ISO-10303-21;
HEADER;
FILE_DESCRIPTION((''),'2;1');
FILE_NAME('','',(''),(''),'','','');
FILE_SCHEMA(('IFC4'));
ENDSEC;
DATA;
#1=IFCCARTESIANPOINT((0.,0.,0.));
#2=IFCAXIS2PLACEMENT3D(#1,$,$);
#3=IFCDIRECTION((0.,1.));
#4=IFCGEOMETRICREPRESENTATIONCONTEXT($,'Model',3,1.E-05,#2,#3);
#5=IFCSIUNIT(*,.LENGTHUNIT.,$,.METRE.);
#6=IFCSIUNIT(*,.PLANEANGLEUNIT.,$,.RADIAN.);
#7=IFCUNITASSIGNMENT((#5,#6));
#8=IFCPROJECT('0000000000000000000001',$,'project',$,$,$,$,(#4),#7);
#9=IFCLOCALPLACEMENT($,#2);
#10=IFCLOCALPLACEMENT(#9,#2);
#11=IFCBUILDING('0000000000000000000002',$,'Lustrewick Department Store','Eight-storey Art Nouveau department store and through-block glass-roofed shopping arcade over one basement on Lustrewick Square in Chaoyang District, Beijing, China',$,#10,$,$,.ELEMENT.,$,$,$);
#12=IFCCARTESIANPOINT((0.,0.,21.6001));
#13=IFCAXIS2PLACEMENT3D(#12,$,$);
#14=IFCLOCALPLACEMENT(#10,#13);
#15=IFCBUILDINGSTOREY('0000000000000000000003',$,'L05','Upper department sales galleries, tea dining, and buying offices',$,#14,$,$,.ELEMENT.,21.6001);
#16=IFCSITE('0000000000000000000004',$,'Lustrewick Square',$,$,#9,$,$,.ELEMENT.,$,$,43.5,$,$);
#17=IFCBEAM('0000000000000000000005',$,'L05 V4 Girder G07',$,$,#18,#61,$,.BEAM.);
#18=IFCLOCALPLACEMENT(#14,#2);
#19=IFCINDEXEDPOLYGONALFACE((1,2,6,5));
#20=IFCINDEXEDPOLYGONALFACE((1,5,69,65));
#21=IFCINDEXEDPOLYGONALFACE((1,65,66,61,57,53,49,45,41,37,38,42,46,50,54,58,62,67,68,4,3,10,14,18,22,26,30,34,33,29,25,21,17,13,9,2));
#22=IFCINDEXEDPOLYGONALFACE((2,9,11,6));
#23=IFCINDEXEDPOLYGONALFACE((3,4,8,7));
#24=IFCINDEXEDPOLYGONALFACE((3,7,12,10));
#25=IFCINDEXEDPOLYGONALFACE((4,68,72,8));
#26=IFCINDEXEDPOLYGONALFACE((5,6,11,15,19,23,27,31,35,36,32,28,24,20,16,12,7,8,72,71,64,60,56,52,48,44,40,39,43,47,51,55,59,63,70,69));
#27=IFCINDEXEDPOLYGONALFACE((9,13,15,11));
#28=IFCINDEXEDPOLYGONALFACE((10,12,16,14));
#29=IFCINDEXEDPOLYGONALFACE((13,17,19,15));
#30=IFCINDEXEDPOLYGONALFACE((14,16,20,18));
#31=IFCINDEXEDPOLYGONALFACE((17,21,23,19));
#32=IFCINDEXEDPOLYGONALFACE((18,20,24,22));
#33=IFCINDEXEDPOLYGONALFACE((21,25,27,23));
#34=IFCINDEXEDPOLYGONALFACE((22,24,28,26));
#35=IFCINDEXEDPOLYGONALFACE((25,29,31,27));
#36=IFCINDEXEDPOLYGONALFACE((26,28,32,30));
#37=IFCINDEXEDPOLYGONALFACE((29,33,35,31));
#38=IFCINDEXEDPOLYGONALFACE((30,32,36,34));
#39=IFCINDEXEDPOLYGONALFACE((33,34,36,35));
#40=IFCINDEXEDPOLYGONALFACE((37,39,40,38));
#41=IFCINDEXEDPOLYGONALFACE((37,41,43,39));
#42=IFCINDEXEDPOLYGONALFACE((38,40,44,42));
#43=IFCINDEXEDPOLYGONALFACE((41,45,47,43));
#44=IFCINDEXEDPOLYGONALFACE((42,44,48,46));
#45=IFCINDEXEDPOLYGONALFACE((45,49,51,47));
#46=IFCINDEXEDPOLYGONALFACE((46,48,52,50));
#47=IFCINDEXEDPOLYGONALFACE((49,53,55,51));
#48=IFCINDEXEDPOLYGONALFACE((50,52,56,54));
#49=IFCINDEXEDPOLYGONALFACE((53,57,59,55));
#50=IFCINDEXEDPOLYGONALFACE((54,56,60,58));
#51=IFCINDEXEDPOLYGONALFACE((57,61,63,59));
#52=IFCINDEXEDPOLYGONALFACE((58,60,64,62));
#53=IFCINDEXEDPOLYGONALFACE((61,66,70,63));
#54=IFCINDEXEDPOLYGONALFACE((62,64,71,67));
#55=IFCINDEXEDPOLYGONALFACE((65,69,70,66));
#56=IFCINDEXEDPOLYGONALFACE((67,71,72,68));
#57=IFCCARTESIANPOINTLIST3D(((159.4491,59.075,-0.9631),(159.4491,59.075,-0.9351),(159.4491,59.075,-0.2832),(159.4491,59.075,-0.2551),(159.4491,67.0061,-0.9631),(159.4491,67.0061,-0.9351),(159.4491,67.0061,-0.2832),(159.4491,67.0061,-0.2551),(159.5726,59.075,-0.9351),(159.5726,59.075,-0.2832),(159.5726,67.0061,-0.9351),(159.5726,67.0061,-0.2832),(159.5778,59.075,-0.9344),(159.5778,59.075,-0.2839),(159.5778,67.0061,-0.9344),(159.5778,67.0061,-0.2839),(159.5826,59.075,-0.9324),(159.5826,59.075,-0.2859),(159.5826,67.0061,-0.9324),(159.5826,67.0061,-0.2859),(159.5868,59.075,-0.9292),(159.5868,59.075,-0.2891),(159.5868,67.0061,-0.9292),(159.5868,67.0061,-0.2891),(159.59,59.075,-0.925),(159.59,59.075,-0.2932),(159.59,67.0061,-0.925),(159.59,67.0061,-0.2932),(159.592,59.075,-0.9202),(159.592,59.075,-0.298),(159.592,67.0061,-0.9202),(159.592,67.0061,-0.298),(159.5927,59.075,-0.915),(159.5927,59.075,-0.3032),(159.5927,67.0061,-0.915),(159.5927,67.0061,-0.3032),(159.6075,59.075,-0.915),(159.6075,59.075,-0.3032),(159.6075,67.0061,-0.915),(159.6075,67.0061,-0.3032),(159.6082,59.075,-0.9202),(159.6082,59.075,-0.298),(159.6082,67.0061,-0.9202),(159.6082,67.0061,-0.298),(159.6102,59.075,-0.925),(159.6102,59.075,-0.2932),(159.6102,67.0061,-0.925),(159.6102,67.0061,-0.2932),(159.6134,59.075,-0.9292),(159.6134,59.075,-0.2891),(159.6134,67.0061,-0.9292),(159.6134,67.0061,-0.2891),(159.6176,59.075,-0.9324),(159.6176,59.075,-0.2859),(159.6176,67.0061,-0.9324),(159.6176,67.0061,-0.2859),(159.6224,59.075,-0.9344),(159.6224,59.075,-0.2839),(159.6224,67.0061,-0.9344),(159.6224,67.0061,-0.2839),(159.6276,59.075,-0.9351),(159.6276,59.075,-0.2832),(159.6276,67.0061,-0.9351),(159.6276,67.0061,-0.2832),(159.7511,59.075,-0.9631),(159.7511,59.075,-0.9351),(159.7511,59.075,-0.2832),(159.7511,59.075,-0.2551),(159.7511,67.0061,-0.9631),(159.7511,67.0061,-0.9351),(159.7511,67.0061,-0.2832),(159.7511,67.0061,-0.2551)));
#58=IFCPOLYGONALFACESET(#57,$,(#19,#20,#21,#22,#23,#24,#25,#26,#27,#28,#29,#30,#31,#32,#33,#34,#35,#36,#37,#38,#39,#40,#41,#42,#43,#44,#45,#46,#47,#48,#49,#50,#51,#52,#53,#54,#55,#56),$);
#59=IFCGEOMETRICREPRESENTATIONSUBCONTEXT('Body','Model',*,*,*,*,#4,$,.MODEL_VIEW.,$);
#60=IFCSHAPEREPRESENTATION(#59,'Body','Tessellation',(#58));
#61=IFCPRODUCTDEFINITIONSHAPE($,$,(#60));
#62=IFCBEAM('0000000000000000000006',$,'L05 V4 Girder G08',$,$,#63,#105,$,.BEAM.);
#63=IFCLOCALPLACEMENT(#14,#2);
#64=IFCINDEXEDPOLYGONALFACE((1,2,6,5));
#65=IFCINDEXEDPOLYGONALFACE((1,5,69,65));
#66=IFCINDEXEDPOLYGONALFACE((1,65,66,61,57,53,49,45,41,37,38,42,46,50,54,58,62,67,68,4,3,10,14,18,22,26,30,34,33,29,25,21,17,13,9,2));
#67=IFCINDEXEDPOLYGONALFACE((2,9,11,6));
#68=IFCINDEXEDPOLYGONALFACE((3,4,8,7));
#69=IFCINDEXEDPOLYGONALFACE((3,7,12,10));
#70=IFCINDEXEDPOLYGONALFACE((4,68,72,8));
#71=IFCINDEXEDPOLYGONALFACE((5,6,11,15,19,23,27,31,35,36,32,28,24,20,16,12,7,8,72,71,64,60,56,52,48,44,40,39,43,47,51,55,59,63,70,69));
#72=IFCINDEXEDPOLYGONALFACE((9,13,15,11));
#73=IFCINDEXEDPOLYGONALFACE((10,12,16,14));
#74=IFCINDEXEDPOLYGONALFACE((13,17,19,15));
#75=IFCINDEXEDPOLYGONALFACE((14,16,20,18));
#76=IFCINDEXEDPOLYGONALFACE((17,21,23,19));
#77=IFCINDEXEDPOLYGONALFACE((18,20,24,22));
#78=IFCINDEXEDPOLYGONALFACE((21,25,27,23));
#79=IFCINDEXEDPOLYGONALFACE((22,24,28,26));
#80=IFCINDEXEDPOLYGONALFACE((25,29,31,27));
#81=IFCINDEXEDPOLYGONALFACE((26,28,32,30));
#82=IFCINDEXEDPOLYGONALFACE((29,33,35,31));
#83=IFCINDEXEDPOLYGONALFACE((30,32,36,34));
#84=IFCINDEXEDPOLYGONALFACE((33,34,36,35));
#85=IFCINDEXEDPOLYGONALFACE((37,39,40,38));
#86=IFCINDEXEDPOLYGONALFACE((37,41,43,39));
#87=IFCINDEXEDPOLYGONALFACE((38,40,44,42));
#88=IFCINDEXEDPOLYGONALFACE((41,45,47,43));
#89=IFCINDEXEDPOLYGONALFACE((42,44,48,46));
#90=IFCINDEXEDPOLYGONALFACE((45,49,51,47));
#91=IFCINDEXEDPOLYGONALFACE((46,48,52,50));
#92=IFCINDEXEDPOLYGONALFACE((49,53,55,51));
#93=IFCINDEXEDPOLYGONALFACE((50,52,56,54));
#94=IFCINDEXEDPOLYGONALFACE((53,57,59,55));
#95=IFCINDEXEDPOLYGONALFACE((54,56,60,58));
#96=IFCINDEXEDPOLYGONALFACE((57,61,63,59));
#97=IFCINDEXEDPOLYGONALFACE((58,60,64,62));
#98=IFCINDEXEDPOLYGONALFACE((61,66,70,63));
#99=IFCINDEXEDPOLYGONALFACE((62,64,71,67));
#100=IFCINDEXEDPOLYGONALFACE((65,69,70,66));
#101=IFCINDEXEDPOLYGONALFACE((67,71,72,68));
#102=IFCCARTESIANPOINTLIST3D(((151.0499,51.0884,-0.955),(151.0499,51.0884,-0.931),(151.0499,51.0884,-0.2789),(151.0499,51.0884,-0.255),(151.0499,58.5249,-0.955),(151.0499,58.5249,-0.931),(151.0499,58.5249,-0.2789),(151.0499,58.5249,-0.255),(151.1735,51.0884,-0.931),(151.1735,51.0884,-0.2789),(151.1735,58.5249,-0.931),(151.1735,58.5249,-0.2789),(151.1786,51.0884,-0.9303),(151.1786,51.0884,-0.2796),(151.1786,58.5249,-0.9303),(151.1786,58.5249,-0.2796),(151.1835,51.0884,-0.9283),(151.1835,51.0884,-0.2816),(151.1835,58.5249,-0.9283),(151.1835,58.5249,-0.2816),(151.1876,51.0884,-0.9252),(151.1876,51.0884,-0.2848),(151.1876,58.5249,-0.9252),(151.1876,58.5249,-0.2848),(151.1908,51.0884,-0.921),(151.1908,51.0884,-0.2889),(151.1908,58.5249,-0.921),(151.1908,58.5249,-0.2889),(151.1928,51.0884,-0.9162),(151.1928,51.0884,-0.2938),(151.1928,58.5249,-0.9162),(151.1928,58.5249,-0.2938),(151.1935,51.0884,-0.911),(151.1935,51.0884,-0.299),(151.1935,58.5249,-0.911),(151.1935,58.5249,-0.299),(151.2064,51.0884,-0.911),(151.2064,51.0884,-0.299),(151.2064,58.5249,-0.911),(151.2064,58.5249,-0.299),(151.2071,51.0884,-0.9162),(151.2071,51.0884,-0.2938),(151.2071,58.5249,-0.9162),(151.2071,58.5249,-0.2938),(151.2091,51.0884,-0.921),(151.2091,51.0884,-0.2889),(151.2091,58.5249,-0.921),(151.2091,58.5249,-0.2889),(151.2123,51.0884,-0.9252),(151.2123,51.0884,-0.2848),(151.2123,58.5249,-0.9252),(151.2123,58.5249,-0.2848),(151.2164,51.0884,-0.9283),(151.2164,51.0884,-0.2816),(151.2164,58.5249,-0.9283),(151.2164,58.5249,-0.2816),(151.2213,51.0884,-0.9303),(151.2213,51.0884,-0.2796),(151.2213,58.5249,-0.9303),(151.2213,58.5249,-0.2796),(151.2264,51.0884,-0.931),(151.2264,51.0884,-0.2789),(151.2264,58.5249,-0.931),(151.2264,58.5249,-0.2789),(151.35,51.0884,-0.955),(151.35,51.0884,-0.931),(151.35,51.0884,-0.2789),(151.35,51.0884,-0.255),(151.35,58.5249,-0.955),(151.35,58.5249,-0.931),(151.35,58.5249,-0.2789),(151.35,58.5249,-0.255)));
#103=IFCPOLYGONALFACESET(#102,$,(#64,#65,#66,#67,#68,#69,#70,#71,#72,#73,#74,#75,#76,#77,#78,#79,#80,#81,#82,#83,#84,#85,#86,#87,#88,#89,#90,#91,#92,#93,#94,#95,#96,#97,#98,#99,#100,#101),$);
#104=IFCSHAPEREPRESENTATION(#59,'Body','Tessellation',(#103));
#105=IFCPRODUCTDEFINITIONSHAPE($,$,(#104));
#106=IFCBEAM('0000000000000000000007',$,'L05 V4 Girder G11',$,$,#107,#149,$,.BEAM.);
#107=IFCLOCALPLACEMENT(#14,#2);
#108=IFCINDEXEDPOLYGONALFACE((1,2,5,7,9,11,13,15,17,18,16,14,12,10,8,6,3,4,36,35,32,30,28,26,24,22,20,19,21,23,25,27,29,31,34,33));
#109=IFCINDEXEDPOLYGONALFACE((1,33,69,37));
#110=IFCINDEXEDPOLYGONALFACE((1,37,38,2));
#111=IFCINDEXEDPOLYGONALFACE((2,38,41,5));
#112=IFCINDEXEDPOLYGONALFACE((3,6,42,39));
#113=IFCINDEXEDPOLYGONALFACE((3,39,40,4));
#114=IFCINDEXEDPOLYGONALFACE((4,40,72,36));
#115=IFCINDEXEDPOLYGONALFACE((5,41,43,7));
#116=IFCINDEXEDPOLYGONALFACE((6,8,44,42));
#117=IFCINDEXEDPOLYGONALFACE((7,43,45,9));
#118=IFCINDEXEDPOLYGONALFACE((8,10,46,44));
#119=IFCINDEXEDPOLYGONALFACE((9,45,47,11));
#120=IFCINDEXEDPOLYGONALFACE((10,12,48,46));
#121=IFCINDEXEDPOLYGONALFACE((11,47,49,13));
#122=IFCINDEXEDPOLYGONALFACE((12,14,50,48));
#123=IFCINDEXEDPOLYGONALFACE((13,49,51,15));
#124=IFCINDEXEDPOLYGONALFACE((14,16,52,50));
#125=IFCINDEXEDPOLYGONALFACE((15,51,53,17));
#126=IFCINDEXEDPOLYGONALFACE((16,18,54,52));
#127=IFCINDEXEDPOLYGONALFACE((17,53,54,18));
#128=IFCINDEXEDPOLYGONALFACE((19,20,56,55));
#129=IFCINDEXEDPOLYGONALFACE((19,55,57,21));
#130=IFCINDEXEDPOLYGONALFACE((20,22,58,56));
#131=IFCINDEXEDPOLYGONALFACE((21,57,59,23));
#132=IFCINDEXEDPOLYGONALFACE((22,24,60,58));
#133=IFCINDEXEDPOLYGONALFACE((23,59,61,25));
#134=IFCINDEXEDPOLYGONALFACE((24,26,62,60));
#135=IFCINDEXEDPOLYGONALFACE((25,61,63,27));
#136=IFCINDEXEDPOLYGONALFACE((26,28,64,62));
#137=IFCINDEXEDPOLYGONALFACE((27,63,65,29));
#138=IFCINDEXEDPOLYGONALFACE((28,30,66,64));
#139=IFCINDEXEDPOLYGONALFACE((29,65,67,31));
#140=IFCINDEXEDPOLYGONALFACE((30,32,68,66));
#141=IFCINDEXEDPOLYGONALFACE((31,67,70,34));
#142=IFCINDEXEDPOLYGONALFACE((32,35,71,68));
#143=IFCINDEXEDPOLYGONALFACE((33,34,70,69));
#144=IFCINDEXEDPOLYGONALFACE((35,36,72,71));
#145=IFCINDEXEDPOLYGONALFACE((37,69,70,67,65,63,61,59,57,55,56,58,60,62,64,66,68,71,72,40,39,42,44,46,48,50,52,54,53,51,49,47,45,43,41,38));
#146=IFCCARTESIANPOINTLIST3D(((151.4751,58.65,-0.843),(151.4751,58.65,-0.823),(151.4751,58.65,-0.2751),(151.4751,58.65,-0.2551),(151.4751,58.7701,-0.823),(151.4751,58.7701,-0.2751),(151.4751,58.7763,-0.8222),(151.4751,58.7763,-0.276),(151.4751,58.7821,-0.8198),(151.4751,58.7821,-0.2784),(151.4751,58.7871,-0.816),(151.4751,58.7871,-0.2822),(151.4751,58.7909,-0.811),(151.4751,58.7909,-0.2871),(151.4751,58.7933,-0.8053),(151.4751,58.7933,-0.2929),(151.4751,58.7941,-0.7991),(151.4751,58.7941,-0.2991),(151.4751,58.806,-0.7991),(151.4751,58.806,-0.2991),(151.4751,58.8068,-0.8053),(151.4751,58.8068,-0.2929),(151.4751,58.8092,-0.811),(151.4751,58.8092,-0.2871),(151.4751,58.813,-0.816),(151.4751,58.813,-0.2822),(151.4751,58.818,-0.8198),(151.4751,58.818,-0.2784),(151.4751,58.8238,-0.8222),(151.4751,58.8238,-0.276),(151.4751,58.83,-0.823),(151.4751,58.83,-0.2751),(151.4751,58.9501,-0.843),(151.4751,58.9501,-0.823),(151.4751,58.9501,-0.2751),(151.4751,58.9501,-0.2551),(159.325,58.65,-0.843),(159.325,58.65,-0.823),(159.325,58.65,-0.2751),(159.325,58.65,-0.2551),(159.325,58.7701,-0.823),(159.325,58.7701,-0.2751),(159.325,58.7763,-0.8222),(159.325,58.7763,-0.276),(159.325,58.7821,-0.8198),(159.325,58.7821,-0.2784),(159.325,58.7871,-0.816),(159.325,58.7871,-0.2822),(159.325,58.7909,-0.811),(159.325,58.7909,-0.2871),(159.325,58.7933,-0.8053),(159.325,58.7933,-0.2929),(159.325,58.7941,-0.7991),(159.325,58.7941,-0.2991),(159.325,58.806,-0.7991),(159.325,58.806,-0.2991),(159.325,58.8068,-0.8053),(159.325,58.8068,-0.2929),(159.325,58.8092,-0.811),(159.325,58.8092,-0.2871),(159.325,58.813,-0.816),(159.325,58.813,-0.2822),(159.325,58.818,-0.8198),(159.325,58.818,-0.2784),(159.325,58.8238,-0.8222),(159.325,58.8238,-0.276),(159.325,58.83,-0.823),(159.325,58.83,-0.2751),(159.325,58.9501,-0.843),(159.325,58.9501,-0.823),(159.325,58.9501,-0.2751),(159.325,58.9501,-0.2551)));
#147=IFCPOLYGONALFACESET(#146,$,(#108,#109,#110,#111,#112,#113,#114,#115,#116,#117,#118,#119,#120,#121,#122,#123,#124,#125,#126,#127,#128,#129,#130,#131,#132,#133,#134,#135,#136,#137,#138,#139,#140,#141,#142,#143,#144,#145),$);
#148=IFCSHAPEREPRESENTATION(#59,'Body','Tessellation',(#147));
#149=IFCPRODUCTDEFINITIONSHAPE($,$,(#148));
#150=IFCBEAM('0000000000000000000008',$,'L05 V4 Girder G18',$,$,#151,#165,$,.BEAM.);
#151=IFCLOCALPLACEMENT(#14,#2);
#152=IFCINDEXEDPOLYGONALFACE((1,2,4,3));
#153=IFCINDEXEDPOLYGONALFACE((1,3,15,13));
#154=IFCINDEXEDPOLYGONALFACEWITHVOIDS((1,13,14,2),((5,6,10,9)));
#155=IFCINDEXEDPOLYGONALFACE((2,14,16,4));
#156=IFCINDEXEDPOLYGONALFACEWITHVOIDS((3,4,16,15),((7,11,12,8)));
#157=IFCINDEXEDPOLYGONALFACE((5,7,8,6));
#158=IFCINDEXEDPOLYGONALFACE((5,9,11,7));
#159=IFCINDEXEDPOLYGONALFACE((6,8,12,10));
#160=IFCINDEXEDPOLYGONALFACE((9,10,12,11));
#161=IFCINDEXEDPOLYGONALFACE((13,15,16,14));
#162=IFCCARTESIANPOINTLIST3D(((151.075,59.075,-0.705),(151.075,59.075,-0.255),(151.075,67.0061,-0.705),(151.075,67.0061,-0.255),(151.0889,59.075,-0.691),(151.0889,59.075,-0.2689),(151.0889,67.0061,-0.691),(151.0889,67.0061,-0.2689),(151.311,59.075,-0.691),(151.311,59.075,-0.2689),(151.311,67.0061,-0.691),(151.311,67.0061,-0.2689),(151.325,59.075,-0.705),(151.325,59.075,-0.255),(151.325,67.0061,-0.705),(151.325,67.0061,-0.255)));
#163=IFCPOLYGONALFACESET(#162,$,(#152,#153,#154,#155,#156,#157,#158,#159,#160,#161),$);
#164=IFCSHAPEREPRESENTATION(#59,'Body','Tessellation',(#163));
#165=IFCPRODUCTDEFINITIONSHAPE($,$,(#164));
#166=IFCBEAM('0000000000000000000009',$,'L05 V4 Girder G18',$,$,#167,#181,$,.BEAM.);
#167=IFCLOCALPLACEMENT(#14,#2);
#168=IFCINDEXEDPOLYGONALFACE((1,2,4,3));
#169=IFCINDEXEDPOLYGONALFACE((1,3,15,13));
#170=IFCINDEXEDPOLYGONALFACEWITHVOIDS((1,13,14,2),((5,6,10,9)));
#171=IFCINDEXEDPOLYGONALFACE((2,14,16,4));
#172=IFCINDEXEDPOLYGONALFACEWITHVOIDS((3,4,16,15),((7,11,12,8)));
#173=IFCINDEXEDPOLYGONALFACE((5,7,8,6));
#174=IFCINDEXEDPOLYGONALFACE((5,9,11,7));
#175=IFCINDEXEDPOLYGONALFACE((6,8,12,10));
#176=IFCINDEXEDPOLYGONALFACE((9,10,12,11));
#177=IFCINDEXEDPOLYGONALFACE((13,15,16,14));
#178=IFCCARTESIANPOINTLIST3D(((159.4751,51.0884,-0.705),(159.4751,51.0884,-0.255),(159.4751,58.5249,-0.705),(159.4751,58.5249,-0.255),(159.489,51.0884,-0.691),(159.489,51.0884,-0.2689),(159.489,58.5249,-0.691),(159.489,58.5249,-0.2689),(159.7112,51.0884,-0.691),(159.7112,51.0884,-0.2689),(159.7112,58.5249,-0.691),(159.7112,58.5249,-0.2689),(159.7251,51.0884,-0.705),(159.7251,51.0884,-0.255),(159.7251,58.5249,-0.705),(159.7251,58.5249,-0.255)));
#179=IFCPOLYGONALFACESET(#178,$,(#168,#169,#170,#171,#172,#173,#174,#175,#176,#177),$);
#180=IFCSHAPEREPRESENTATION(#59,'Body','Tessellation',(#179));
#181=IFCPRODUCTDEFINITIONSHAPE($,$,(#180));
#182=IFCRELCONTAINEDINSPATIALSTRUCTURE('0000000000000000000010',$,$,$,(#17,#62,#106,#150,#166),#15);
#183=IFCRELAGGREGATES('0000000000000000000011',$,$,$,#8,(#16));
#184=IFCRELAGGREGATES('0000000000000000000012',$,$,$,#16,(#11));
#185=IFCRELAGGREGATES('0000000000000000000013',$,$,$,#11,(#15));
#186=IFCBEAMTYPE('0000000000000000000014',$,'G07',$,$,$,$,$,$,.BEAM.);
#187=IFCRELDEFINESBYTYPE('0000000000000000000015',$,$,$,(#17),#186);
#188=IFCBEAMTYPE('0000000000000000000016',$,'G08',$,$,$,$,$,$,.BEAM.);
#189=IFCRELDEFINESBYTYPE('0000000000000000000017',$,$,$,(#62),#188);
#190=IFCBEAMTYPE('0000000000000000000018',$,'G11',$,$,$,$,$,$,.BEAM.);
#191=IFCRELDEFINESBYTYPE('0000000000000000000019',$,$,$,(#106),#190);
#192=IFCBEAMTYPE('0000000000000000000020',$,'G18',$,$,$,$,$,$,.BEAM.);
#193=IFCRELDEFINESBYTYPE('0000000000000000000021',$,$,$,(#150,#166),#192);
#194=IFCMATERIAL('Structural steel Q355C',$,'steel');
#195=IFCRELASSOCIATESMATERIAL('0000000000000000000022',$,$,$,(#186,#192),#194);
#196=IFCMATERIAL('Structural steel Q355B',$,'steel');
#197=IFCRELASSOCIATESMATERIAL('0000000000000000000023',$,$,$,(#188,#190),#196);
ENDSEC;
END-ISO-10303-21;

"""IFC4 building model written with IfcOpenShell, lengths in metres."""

from ifc_helpers import new_model, si_unit, direction, frame, origin, origin_2d, place, context, subcontext, project, spatial, hollow_rectangle, i_section, extrude, material, material_profile, profile_set, type_object, element, save


model = new_model("IFC4")

# Units and contexts
model_context = context("Model", 3, precision=1e-05, world=origin(), true_north=direction((0.0, 1.0)))
body_context = subcontext(model_context, "Body", "Model", "MODEL_VIEW")
ifc_project = project(units=[si_unit("LENGTHUNIT", "METRE"), si_unit("PLANEANGLEUNIT", "RADIAN")], contexts=[model_context])

# Site, building, storey
site_placement = place(None, origin())
site = spatial("IfcSite", under=ifc_project, at=site_placement, Name="Lustrewick Square", CompositionType="ELEMENT", RefElevation=43.5)
building_placement = place(site_placement, origin())
building = spatial("IfcBuilding", under=site, at=building_placement, Name="Lustrewick Department Store", Description="Eight-storey Art Nouveau department store and through-block glass-roofed shopping arcade over one basement on Lustrewick Square in Chaoyang District, Beijing, China", CompositionType="ELEMENT")
storey_placement = place(building_placement, frame((0.0, 0.0, 21.6001)))
storey = spatial("IfcBuildingStorey", under=building, at=storey_placement, Name="L05", Description="Upper department sales galleries, tea dining, and buying offices", CompositionType="ELEMENT", Elevation=21.6001)

# Shared definitions
ifc_material_1 = material(Name="Structural steel Q355B", Category="steel")

# Beams
ifc_material_2 = material(Name="Structural steel Q355C", Category="steel")
ifc_material_profile_1 = material_profile(ifc_material_2, i_section(OverallWidth=0.302, OverallDepth=0.708, WebThickness=0.0149, FlangeThickness=0.0281, FilletRadius=0.02, at=origin_2d()), Name="HN 708x302x15x28")
ifc_profile_set_1 = profile_set([ifc_material_profile_1], Name="Structural steel Q355C")
beam_type_1 = type_object("IfcBeamType", Name="G07", PredefinedType="BEAM", material=ifc_profile_set_1)
beam_1_placement = place(storey_placement, frame((159.6001, 59.075, -0.6091), z_axis=(0.0, 1.0, 0.0), x_axis=(-1.0, 0.0, 0.0)))
element("IfcBeam", 1, at=beam_1_placement, inside=storey, type_object=beam_type_1, Name="L05 V4 Girder G07", PredefinedType="BEAM", context=body_context, shape_type="SweptSolid", body=[
    extrude(i_section(OverallWidth=0.302, OverallDepth=0.708, WebThickness=0.0149, FlangeThickness=0.0281, FilletRadius=0.02, at=origin_2d()), origin(), (0.0, 0.0, 1.0), 7.9312),
])
ifc_material_profile_2 = material_profile(ifc_material_1, i_section(OverallWidth=0.3, OverallDepth=0.7, WebThickness=0.0129, FlangeThickness=0.0239, FilletRadius=0.02, at=origin_2d()), Name="HN 700x300x13x24")
ifc_profile_set_2 = profile_set([ifc_material_profile_2], Name="Structural steel Q355B")
beam_type_2 = type_object("IfcBeamType", Name="G08", PredefinedType="BEAM", material=ifc_profile_set_2)
beam_2_placement = place(storey_placement, frame((151.2, 51.0884, -0.605), z_axis=(0.0, 1.0, 0.0), x_axis=(-1.0, 0.0, 0.0)))
element("IfcBeam", 2, at=beam_2_placement, inside=storey, type_object=beam_type_2, Name="L05 V4 Girder G08", PredefinedType="BEAM", context=body_context, shape_type="SweptSolid", body=[
    extrude(i_section(OverallWidth=0.3, OverallDepth=0.7, WebThickness=0.0129, FlangeThickness=0.0239, FilletRadius=0.02, at=origin_2d()), origin(), (0.0, 0.0, 1.0), 7.4365),
])
ifc_material_profile_3 = material_profile(ifc_material_1, i_section(OverallWidth=0.3, OverallDepth=0.5879, WebThickness=0.012, FlangeThickness=0.02, FilletRadius=0.0239, at=origin_2d()), Name="HM 588x300x12x20")
ifc_profile_set_3 = profile_set([ifc_material_profile_3], Name="Structural steel Q355B")
beam_type_3 = type_object("IfcBeamType", Name="G11", PredefinedType="BEAM", material=ifc_profile_set_3)
beam_3_placement = place(storey_placement, frame((151.4751, 58.8, -0.5491), z_axis=(1.0, 0.0, 0.0), x_axis=(0.0, 1.0, 0.0)))
element("IfcBeam", 3, at=beam_3_placement, inside=storey, type_object=beam_type_3, Name="L05 V4 Girder G11", PredefinedType="BEAM", context=body_context, shape_type="SweptSolid", body=[
    extrude(i_section(OverallWidth=0.3, OverallDepth=0.5879, WebThickness=0.012, FlangeThickness=0.02, FilletRadius=0.0239, at=origin_2d()), origin(), (0.0, 0.0, 1.0), 7.8499),
])
ifc_material_profile_4 = material_profile(ifc_material_2, hollow_rectangle(XDim=0.25, YDim=0.45, WallThickness=0.0139, at=origin_2d()), Name="RHS 450x250x14")
ifc_profile_set_4 = profile_set([ifc_material_profile_4], Name="Structural steel Q355C")
beam_type_4 = type_object("IfcBeamType", Name="G18", PredefinedType="BEAM", material=ifc_profile_set_4)
beam_4_placement = place(storey_placement, frame((151.2, 59.075, -0.48), z_axis=(0.0, 1.0, 0.0), x_axis=(-1.0, 0.0, 0.0)))
element("IfcBeam", 4, at=beam_4_placement, inside=storey, type_object=beam_type_4, Name="L05 V4 Girder G18", PredefinedType="BEAM", context=body_context, shape_type="SweptSolid", body=[
    extrude(hollow_rectangle(XDim=0.25, YDim=0.45, WallThickness=0.0139, at=origin_2d()), origin(), (0.0, 0.0, 1.0), 7.9312),
])
beam_5_placement = place(storey_placement, frame((159.6001, 51.0884, -0.48), z_axis=(0.0, 1.0, 0.0), x_axis=(-1.0, 0.0, 0.0)))
element("IfcBeam", 5, at=beam_5_placement, inside=storey, type_object=beam_type_4, Name="L05 V4 Girder G18", PredefinedType="BEAM", context=body_context, shape_type="SweptSolid", body=[
    extrude(hollow_rectangle(XDim=0.25, YDim=0.45, WallThickness=0.0139, at=origin_2d()), origin(), (0.0, 0.0, 1.0), 7.4365),
])

save(model, "model.ifc")
